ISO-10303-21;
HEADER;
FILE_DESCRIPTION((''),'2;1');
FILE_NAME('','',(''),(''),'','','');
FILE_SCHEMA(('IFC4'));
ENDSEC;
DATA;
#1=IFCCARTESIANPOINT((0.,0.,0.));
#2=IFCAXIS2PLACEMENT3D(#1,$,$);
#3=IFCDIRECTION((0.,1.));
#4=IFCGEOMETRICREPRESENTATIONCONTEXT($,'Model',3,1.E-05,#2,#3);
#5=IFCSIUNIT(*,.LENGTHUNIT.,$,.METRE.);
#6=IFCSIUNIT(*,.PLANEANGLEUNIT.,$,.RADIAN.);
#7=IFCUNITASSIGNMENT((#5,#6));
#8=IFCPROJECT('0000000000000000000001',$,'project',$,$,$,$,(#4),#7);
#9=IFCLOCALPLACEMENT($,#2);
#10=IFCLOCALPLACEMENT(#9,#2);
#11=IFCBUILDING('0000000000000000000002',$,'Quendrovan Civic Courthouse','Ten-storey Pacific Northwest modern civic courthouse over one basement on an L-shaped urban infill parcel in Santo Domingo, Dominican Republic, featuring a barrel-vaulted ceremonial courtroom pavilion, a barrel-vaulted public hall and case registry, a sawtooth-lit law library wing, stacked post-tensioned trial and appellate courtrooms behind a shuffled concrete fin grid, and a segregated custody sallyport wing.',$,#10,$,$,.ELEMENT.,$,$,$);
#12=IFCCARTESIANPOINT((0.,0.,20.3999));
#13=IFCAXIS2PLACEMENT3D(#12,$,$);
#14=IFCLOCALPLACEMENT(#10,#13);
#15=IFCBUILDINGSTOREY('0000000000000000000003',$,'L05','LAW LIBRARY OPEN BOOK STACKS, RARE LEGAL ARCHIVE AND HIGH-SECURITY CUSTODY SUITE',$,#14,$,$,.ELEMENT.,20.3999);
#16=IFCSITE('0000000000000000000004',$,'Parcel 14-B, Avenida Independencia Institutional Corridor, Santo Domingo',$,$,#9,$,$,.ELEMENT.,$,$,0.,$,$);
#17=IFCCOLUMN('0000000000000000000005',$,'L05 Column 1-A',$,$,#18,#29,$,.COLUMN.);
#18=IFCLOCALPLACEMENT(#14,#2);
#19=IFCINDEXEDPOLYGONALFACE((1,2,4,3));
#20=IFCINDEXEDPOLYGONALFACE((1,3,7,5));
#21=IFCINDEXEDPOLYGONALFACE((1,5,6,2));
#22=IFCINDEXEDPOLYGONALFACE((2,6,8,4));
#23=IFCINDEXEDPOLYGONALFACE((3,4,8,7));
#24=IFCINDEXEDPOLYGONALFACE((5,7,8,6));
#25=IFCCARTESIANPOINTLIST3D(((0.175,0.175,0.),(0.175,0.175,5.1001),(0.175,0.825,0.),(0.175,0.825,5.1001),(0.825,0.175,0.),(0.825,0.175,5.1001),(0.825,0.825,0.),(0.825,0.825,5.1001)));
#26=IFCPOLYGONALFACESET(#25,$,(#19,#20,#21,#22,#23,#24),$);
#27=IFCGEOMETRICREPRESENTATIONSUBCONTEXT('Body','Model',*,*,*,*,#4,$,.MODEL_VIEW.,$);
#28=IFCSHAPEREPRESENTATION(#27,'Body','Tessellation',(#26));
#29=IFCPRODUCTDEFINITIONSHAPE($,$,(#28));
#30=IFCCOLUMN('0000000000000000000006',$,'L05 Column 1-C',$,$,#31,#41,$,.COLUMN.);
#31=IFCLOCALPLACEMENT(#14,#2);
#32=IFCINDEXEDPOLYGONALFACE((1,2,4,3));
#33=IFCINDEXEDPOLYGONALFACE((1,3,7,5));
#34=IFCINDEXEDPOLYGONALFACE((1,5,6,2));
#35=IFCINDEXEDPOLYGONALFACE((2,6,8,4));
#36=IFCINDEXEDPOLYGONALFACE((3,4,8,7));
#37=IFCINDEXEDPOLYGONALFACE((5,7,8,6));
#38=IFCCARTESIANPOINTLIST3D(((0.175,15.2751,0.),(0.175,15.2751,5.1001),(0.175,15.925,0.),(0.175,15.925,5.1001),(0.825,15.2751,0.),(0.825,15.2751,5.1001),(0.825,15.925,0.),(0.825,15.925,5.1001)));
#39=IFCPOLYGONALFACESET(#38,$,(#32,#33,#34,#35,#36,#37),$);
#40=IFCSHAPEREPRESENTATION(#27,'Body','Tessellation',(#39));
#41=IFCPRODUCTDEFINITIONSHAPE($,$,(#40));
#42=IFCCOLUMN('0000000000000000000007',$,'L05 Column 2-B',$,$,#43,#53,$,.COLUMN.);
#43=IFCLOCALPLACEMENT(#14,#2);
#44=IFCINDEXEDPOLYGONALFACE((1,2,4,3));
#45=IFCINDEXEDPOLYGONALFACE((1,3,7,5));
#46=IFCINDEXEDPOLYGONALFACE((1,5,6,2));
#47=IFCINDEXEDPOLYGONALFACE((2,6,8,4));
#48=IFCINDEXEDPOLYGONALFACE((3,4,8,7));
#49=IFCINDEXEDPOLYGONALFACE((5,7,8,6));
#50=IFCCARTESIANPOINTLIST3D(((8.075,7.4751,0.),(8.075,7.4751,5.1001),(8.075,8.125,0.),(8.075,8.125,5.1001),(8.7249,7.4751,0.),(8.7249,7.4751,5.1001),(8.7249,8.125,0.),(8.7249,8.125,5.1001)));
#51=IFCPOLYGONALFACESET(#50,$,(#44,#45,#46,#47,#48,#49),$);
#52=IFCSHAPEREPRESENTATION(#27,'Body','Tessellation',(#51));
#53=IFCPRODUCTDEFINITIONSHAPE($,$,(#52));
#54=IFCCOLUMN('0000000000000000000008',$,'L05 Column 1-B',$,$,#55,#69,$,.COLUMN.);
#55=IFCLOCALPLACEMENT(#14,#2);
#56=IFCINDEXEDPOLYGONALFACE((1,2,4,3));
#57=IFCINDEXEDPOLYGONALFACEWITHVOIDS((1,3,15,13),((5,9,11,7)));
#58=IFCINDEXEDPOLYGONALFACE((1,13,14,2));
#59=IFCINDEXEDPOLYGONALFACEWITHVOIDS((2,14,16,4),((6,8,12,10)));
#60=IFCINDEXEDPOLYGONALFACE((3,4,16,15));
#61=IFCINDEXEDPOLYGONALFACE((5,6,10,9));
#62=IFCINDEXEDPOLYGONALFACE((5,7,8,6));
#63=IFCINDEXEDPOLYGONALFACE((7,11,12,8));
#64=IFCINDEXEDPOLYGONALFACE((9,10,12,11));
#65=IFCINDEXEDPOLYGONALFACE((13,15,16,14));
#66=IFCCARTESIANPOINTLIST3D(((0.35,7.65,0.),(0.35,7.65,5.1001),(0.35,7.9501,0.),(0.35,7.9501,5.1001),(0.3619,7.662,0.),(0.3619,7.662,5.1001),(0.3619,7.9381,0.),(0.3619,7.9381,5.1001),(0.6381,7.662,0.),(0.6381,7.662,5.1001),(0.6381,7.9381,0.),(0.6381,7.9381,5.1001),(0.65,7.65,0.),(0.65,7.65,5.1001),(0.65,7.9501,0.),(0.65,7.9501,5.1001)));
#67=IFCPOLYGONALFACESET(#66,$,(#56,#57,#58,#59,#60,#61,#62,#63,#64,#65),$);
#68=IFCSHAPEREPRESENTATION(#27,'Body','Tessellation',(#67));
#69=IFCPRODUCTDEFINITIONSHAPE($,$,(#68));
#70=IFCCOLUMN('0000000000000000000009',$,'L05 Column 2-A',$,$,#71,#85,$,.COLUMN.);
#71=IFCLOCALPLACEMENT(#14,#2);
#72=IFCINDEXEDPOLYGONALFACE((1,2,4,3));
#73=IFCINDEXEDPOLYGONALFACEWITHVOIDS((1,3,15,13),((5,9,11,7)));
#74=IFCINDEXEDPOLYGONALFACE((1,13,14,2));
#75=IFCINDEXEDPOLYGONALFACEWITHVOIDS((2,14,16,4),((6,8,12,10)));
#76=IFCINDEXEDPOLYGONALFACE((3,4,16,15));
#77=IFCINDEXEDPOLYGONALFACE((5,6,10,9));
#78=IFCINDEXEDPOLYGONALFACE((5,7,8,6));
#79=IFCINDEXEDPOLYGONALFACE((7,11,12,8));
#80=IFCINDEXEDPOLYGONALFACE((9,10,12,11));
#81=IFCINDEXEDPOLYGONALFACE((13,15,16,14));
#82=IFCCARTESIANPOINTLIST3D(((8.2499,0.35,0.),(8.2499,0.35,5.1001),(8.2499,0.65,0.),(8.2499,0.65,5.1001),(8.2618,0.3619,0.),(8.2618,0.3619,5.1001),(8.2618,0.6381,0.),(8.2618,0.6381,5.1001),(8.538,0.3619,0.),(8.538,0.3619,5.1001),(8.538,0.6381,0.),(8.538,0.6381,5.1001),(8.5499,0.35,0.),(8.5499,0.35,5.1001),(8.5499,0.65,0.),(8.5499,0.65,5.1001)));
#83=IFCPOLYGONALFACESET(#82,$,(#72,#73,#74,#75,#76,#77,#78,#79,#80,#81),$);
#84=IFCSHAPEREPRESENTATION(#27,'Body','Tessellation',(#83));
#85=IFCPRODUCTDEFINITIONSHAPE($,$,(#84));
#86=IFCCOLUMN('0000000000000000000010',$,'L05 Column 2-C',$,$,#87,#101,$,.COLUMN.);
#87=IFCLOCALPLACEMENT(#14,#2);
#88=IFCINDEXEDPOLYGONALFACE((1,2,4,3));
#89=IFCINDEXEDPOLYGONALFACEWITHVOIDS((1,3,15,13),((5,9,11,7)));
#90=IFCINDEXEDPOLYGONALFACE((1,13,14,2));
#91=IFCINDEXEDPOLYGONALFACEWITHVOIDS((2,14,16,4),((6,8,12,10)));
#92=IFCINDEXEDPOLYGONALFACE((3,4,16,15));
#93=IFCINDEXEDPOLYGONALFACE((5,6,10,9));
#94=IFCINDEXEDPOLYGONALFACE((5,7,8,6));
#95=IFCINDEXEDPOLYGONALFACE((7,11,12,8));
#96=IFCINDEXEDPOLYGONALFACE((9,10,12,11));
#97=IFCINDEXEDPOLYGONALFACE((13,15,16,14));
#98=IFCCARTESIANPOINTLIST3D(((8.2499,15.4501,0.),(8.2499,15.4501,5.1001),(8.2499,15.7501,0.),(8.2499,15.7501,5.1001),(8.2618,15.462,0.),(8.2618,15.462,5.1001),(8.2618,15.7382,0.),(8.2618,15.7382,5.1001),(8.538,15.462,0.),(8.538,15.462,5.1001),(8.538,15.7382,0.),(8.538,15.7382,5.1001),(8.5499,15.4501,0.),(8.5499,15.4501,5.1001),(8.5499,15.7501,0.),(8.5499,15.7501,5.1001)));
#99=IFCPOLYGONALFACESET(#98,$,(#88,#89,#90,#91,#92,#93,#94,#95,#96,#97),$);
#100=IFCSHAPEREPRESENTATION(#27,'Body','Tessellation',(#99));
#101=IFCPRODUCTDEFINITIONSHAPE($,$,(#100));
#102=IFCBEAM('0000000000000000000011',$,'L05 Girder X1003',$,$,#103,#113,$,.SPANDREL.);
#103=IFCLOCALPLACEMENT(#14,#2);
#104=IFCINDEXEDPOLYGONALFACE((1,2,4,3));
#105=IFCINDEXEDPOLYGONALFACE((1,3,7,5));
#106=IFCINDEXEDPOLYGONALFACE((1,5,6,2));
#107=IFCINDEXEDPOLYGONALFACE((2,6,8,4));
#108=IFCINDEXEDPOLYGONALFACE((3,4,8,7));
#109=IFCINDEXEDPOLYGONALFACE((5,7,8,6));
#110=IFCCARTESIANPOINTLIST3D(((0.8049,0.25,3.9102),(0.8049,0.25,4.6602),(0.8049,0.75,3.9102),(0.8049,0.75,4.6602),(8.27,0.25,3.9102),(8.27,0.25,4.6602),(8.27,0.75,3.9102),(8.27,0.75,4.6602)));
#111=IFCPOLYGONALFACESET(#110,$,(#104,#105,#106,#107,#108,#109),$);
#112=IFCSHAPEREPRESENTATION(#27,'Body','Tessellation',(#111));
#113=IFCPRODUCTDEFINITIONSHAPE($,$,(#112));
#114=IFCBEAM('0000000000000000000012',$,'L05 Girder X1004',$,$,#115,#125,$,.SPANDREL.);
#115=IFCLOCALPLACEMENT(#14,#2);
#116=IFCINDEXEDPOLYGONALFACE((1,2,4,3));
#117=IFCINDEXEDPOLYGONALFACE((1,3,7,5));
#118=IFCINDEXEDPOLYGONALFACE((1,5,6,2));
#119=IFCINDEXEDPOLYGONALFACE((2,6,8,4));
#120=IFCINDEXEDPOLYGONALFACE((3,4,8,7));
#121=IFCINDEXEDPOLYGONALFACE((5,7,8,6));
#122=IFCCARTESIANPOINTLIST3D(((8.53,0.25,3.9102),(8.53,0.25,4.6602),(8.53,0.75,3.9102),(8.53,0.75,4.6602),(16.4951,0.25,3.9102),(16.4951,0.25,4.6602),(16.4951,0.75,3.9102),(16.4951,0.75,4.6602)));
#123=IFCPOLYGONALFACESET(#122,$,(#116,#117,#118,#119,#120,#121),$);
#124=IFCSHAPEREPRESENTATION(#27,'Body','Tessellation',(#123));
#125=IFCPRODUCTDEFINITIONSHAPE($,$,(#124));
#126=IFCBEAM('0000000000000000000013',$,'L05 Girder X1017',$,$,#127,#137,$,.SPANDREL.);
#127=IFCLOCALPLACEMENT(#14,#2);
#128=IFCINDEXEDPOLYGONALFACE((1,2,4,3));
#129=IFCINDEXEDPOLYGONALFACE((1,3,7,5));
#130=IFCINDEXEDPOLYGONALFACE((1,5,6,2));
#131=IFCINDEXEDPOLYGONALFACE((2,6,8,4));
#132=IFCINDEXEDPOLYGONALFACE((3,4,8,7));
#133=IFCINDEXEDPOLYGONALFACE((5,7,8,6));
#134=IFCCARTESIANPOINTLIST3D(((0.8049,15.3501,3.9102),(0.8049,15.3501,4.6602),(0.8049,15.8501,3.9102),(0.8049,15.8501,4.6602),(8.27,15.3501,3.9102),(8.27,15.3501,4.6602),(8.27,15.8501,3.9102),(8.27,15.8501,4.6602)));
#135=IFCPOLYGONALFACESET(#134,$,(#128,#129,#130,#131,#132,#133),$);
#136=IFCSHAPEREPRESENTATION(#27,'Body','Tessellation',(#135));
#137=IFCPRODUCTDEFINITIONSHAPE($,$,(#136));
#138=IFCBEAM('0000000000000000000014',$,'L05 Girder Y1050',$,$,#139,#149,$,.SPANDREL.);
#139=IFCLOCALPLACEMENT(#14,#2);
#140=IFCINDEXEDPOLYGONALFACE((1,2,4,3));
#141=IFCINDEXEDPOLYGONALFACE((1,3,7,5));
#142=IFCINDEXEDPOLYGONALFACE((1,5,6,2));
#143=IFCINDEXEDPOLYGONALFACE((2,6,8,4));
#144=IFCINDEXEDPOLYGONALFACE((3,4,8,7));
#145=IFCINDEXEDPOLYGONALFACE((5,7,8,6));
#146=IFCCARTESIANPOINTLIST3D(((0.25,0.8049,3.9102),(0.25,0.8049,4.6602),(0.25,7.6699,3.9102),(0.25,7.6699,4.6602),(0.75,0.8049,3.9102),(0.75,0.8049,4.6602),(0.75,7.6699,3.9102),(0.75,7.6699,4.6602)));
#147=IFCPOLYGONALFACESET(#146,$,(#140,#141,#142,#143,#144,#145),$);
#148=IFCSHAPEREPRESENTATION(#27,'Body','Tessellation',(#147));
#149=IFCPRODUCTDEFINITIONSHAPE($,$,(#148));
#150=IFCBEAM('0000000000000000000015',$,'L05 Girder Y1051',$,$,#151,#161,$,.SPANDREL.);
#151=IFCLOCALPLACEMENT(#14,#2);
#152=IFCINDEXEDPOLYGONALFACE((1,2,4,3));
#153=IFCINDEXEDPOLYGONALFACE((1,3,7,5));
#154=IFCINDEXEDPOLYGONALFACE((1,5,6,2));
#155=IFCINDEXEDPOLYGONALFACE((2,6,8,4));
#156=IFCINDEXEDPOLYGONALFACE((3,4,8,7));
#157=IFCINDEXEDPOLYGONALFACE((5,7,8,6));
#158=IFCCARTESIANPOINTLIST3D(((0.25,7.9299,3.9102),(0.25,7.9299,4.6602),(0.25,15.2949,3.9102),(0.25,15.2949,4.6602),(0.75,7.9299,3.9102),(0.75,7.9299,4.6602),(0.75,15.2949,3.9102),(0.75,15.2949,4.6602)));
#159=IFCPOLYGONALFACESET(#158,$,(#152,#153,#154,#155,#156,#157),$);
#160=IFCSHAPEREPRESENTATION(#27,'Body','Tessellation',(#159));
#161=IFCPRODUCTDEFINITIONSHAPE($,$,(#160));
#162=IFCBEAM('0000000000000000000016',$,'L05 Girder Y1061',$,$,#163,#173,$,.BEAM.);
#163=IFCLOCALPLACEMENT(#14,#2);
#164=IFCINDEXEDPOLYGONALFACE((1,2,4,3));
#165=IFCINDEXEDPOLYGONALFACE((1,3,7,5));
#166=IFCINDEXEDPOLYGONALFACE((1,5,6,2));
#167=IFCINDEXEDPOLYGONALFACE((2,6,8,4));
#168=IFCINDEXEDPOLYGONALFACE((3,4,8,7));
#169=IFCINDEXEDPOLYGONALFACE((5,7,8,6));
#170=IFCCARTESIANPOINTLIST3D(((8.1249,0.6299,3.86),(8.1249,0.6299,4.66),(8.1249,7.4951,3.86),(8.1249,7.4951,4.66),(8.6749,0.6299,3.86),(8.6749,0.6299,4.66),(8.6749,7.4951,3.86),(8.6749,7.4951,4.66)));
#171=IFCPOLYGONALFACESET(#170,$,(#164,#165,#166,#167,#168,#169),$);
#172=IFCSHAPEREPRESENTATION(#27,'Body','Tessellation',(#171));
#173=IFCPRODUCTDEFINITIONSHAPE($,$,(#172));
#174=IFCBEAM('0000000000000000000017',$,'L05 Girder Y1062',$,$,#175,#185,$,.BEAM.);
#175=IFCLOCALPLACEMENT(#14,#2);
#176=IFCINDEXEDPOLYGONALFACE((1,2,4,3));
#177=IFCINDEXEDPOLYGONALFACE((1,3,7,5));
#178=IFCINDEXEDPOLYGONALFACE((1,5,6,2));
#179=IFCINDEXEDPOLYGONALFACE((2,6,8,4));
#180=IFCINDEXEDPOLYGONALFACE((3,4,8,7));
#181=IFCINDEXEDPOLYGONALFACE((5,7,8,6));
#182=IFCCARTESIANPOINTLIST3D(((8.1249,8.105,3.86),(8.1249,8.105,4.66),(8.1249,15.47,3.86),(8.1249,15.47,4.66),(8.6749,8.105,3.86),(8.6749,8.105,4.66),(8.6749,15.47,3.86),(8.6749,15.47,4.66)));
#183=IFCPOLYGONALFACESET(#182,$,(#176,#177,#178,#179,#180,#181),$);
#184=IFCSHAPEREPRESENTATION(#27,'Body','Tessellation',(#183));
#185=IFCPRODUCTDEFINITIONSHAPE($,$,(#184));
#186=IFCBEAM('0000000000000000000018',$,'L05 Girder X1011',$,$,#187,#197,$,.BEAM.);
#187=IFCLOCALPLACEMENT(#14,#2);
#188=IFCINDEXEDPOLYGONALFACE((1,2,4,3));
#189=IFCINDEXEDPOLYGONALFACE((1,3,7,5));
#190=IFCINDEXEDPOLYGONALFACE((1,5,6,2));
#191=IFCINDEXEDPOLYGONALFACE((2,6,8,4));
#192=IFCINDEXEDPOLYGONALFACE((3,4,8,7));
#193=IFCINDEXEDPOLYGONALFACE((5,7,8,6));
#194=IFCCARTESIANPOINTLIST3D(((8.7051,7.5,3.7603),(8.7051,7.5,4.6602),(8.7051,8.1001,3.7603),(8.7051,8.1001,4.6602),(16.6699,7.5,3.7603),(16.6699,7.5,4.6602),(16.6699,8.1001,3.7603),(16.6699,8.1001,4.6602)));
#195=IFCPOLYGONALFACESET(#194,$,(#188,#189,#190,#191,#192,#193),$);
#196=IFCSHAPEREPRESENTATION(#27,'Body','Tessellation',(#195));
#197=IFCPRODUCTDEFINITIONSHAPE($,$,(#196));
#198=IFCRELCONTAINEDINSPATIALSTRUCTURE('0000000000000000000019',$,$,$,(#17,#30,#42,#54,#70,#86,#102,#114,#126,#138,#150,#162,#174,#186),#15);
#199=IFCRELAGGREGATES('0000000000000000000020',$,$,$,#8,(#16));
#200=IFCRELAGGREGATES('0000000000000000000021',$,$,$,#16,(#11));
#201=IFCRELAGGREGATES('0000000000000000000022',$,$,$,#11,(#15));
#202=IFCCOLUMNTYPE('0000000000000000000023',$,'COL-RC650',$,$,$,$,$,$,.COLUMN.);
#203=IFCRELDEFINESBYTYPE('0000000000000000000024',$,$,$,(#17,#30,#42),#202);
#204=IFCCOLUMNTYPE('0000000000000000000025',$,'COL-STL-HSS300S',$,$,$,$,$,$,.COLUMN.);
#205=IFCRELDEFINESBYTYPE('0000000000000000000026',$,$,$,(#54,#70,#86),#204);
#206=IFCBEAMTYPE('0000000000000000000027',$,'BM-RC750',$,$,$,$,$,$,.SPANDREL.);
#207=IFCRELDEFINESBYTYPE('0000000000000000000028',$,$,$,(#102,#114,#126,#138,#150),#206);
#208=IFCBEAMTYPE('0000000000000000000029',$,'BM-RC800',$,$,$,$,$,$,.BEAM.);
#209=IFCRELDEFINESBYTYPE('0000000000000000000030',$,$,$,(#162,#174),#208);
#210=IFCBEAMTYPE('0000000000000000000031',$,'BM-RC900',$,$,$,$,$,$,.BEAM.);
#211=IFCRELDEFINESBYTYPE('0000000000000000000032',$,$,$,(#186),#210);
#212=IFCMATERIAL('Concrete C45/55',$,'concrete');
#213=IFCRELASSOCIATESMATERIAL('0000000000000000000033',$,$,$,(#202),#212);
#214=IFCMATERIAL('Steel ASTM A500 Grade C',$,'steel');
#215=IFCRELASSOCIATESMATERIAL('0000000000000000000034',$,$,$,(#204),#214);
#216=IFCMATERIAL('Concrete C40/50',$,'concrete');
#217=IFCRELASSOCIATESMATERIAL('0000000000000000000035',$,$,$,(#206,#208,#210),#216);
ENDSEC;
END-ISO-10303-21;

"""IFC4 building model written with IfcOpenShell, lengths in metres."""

from ifc_helpers import new_model, si_unit, direction, frame, origin, origin_2d, place, context, subcontext, project, spatial, rectangle, hollow_rectangle, extrude, material, material_profile, profile_set, type_object, element, save


model = new_model("IFC4")

# Units and contexts
model_context = context("Model", 3, precision=1e-05, world=origin(), true_north=direction((0.0, 1.0)))
body_context = subcontext(model_context, "Body", "Model", "MODEL_VIEW")
ifc_project = project(units=[si_unit("LENGTHUNIT", "METRE"), si_unit("PLANEANGLEUNIT", "RADIAN")], contexts=[model_context])

# Site, building, storey
site_placement = place(None, origin())
site = spatial("IfcSite", under=ifc_project, at=site_placement, Name="Parcel 14-B, Avenida Independencia Institutional Corridor, Santo Domingo", CompositionType="ELEMENT", RefElevation=0.0)
building_placement = place(site_placement, origin())
building = spatial("IfcBuilding", under=site, at=building_placement, Name="Quendrovan Civic Courthouse", Description="Ten-storey Pacific Northwest modern civic courthouse over one basement on an L-shaped urban infill parcel in Santo Domingo, Dominican Republic, featuring a barrel-vaulted ceremonial courtroom pavilion, a barrel-vaulted public hall and case registry, a sawtooth-lit law library wing, stacked post-tensioned trial and appellate courtrooms behind a shuffled concrete fin grid, and a segregated custody sallyport wing.", CompositionType="ELEMENT")
storey_placement = place(building_placement, frame((0.0, 0.0, 20.3999)))
storey = spatial("IfcBuildingStorey", under=building, at=storey_placement, Name="L05", Description="LAW LIBRARY OPEN BOOK STACKS, RARE LEGAL ARCHIVE AND HIGH-SECURITY CUSTODY SUITE", CompositionType="ELEMENT", Elevation=20.3999)

# Columns
ifc_material_1 = material(Name="Concrete C45/55", Category="concrete")
ifc_material_profile_1 = material_profile(ifc_material_1, rectangle(XDim=0.6499, YDim=0.6499, at=origin_2d()), Name="RC-COL-650x650")
ifc_profile_set_1 = profile_set([ifc_material_profile_1], Name="Concrete C45/55")
column_type_1 = type_object("IfcColumnType", Name="COL-RC650", PredefinedType="COLUMN", material=ifc_profile_set_1)
for number, where, z_axis, x_axis, name in (
    (1, (0.5, 0.5, 0.0), (0.0, 0.0, 1.0), (1.0, 0.0, 0.0), "L05 Column 1-A"),
    (2, (0.5, 15.6001, 0.0), (0.0, 0.0, 1.0), (1.0, 0.0, 0.0), "L05 Column 1-C"),
    (3, (8.3999, 7.8, 0.0), (0.0, 0.0, 1.0), (1.0, 0.0, 0.0), "L05 Column 2-B"),
):
    element("IfcColumn", number, at=place(storey_placement, frame(where, z_axis=z_axis, x_axis=x_axis)), inside=storey, type_object=column_type_1, Name=name, PredefinedType="COLUMN", context=body_context, shape_type="SweptSolid", body=[
        extrude(rectangle(XDim=0.6499, YDim=0.6499, at=origin_2d()), origin(), (0.0, 0.0, 1.0), 5.1001),
    ])
ifc_material_2 = material(Name="Steel ASTM A500 Grade C", Category="steel")
ifc_material_profile_2 = material_profile(ifc_material_2, hollow_rectangle(XDim=0.3, YDim=0.3, WallThickness=0.012, at=origin_2d()), Name="HSS300x300x12")
ifc_profile_set_2 = profile_set([ifc_material_profile_2], Name="Steel ASTM A500 Grade C")
column_type_2 = type_object("IfcColumnType", Name="COL-STL-HSS300S", PredefinedType="COLUMN", material=ifc_profile_set_2)
for number, where, z_axis, x_axis, name in (
    (4, (0.5, 7.8, 0.0), (0.0, 0.0, 1.0), (1.0, 0.0, 0.0), "L05 Column 1-B"),
    (5, (8.3999, 0.5, 0.0), (0.0, 0.0, 1.0), (1.0, 0.0, 0.0), "L05 Column 2-A"),
    (6, (8.3999, 15.6001, 0.0), (0.0, 0.0, 1.0), (1.0, 0.0, 0.0), "L05 Column 2-C"),
):
    element("IfcColumn", number, at=place(storey_placement, frame(where, z_axis=z_axis, x_axis=x_axis)), inside=storey, type_object=column_type_2, Name=name, PredefinedType="COLUMN", context=body_context, shape_type="SweptSolid", body=[
        extrude(hollow_rectangle(XDim=0.3, YDim=0.3, WallThickness=0.012, at=origin_2d()), origin(), (0.0, 0.0, 1.0), 5.1001),
    ])

# Beams
ifc_material_3 = material(Name="Concrete C40/50", Category="concrete")
ifc_material_profile_3 = material_profile(ifc_material_3, rectangle(XDim=0.5, YDim=0.75, at=origin_2d()), Name="RC-BM-500x750")
ifc_profile_set_3 = profile_set([ifc_material_profile_3], Name="Concrete C40/50")
beam_type_1 = type_object("IfcBeamType", Name="BM-RC750", PredefinedType="SPANDREL", material=ifc_profile_set_3)
beam_1_placement = place(storey_placement, frame((0.8049, 0.5, 4.2852), z_axis=(1.0, 0.0, 0.0), x_axis=(0.0, 1.0, 0.0)))
element("IfcBeam", 7, at=beam_1_placement, inside=storey, type_object=beam_type_1, Name="L05 Girder X1003", PredefinedType="SPANDREL", context=body_context, shape_type="SweptSolid", body=[
    extrude(rectangle(XDim=0.5, YDim=0.75, at=origin_2d()), origin(), (0.0, 0.0, 1.0), 7.4651),
])
beam_2_placement = place(storey_placement, frame((8.53, 0.5, 4.2852), z_axis=(1.0, 0.0, 0.0), x_axis=(0.0, 1.0, 0.0)))
element("IfcBeam", 8, at=beam_2_placement, inside=storey, type_object=beam_type_1, Name="L05 Girder X1004", PredefinedType="SPANDREL", context=body_context, shape_type="SweptSolid", body=[
    extrude(rectangle(XDim=0.5, YDim=0.75, at=origin_2d()), origin(), (0.0, 0.0, 1.0), 7.9651),
])
beam_3_placement = place(storey_placement, frame((0.8049, 15.6001, 4.2852), z_axis=(1.0, 0.0, 0.0), x_axis=(0.0, 1.0, 0.0)))
element("IfcBeam", 9, at=beam_3_placement, inside=storey, type_object=beam_type_1, Name="L05 Girder X1017", PredefinedType="SPANDREL", context=body_context, shape_type="SweptSolid", body=[
    extrude(rectangle(XDim=0.5, YDim=0.75, at=origin_2d()), origin(), (0.0, 0.0, 1.0), 7.4651),
])
beam_4_placement = place(storey_placement, frame((0.5, 0.8049, 4.2852), z_axis=(0.0, 1.0, 0.0), x_axis=(-1.0, 0.0, 0.0)))
element("IfcBeam", 10, at=beam_4_placement, inside=storey, type_object=beam_type_1, Name="L05 Girder Y1050", PredefinedType="SPANDREL", context=body_context, shape_type="SweptSolid", body=[
    extrude(rectangle(XDim=0.5, YDim=0.75, at=origin_2d()), origin(), (0.0, 0.0, 1.0), 6.865),
])
beam_5_placement = place(storey_placement, frame((0.5, 7.9299, 4.2852), z_axis=(0.0, 1.0, 0.0), x_axis=(-1.0, 0.0, 0.0)))
element("IfcBeam", 11, at=beam_5_placement, inside=storey, type_object=beam_type_1, Name="L05 Girder Y1051", PredefinedType="SPANDREL", context=body_context, shape_type="SweptSolid", body=[
    extrude(rectangle(XDim=0.5, YDim=0.75, at=origin_2d()), origin(), (0.0, 0.0, 1.0), 7.365),
])
ifc_material_profile_4 = material_profile(ifc_material_3, rectangle(XDim=0.55, YDim=0.8, at=origin_2d()), Name="RC-BM-550x800")
ifc_profile_set_4 = profile_set([ifc_material_profile_4], Name="Concrete C40/50")
beam_type_2 = type_object("IfcBeamType", Name="BM-RC800", PredefinedType="BEAM", material=ifc_profile_set_4)
beam_6_placement = place(storey_placement, frame((8.3999, 0.6299, 4.26), z_axis=(0.0, 1.0, 0.0), x_axis=(-1.0, 0.0, 0.0)))
element("IfcBeam", 12, at=beam_6_placement, inside=storey, type_object=beam_type_2, Name="L05 Girder Y1061", PredefinedType="BEAM", context=body_context, shape_type="SweptSolid", body=[
    extrude(rectangle(XDim=0.55, YDim=0.8, at=origin_2d()), origin(), (0.0, 0.0, 1.0), 6.8652),
])
beam_7_placement = place(storey_placement, frame((8.3999, 8.105, 4.26), z_axis=(0.0, 1.0, 0.0), x_axis=(-1.0, 0.0, 0.0)))
element("IfcBeam", 13, at=beam_7_placement, inside=storey, type_object=beam_type_2, Name="L05 Girder Y1062", PredefinedType="BEAM", context=body_context, shape_type="SweptSolid", body=[
    extrude(rectangle(XDim=0.55, YDim=0.8, at=origin_2d()), origin(), (0.0, 0.0, 1.0), 7.365),
])
ifc_material_profile_5 = material_profile(ifc_material_3, rectangle(XDim=0.6001, YDim=0.8999, at=origin_2d()), Name="RC-BM-600x900")
ifc_profile_set_5 = profile_set([ifc_material_profile_5], Name="Concrete C40/50")
beam_type_3 = type_object("IfcBeamType", Name="BM-RC900", PredefinedType="BEAM", material=ifc_profile_set_5)
beam_8_placement = place(storey_placement, frame((8.7051, 7.8, 4.2102), z_axis=(1.0, 0.0, 0.0), x_axis=(0.0, 1.0, 0.0)))
element("IfcBeam", 14, at=beam_8_placement, inside=storey, type_object=beam_type_3, Name="L05 Girder X1011", PredefinedType="BEAM", context=body_context, shape_type="SweptSolid", body=[
    extrude(rectangle(XDim=0.6001, YDim=0.8999, at=origin_2d()), origin(), (0.0, 0.0, 1.0), 7.9648),
])

save(model, "model.ifc")
